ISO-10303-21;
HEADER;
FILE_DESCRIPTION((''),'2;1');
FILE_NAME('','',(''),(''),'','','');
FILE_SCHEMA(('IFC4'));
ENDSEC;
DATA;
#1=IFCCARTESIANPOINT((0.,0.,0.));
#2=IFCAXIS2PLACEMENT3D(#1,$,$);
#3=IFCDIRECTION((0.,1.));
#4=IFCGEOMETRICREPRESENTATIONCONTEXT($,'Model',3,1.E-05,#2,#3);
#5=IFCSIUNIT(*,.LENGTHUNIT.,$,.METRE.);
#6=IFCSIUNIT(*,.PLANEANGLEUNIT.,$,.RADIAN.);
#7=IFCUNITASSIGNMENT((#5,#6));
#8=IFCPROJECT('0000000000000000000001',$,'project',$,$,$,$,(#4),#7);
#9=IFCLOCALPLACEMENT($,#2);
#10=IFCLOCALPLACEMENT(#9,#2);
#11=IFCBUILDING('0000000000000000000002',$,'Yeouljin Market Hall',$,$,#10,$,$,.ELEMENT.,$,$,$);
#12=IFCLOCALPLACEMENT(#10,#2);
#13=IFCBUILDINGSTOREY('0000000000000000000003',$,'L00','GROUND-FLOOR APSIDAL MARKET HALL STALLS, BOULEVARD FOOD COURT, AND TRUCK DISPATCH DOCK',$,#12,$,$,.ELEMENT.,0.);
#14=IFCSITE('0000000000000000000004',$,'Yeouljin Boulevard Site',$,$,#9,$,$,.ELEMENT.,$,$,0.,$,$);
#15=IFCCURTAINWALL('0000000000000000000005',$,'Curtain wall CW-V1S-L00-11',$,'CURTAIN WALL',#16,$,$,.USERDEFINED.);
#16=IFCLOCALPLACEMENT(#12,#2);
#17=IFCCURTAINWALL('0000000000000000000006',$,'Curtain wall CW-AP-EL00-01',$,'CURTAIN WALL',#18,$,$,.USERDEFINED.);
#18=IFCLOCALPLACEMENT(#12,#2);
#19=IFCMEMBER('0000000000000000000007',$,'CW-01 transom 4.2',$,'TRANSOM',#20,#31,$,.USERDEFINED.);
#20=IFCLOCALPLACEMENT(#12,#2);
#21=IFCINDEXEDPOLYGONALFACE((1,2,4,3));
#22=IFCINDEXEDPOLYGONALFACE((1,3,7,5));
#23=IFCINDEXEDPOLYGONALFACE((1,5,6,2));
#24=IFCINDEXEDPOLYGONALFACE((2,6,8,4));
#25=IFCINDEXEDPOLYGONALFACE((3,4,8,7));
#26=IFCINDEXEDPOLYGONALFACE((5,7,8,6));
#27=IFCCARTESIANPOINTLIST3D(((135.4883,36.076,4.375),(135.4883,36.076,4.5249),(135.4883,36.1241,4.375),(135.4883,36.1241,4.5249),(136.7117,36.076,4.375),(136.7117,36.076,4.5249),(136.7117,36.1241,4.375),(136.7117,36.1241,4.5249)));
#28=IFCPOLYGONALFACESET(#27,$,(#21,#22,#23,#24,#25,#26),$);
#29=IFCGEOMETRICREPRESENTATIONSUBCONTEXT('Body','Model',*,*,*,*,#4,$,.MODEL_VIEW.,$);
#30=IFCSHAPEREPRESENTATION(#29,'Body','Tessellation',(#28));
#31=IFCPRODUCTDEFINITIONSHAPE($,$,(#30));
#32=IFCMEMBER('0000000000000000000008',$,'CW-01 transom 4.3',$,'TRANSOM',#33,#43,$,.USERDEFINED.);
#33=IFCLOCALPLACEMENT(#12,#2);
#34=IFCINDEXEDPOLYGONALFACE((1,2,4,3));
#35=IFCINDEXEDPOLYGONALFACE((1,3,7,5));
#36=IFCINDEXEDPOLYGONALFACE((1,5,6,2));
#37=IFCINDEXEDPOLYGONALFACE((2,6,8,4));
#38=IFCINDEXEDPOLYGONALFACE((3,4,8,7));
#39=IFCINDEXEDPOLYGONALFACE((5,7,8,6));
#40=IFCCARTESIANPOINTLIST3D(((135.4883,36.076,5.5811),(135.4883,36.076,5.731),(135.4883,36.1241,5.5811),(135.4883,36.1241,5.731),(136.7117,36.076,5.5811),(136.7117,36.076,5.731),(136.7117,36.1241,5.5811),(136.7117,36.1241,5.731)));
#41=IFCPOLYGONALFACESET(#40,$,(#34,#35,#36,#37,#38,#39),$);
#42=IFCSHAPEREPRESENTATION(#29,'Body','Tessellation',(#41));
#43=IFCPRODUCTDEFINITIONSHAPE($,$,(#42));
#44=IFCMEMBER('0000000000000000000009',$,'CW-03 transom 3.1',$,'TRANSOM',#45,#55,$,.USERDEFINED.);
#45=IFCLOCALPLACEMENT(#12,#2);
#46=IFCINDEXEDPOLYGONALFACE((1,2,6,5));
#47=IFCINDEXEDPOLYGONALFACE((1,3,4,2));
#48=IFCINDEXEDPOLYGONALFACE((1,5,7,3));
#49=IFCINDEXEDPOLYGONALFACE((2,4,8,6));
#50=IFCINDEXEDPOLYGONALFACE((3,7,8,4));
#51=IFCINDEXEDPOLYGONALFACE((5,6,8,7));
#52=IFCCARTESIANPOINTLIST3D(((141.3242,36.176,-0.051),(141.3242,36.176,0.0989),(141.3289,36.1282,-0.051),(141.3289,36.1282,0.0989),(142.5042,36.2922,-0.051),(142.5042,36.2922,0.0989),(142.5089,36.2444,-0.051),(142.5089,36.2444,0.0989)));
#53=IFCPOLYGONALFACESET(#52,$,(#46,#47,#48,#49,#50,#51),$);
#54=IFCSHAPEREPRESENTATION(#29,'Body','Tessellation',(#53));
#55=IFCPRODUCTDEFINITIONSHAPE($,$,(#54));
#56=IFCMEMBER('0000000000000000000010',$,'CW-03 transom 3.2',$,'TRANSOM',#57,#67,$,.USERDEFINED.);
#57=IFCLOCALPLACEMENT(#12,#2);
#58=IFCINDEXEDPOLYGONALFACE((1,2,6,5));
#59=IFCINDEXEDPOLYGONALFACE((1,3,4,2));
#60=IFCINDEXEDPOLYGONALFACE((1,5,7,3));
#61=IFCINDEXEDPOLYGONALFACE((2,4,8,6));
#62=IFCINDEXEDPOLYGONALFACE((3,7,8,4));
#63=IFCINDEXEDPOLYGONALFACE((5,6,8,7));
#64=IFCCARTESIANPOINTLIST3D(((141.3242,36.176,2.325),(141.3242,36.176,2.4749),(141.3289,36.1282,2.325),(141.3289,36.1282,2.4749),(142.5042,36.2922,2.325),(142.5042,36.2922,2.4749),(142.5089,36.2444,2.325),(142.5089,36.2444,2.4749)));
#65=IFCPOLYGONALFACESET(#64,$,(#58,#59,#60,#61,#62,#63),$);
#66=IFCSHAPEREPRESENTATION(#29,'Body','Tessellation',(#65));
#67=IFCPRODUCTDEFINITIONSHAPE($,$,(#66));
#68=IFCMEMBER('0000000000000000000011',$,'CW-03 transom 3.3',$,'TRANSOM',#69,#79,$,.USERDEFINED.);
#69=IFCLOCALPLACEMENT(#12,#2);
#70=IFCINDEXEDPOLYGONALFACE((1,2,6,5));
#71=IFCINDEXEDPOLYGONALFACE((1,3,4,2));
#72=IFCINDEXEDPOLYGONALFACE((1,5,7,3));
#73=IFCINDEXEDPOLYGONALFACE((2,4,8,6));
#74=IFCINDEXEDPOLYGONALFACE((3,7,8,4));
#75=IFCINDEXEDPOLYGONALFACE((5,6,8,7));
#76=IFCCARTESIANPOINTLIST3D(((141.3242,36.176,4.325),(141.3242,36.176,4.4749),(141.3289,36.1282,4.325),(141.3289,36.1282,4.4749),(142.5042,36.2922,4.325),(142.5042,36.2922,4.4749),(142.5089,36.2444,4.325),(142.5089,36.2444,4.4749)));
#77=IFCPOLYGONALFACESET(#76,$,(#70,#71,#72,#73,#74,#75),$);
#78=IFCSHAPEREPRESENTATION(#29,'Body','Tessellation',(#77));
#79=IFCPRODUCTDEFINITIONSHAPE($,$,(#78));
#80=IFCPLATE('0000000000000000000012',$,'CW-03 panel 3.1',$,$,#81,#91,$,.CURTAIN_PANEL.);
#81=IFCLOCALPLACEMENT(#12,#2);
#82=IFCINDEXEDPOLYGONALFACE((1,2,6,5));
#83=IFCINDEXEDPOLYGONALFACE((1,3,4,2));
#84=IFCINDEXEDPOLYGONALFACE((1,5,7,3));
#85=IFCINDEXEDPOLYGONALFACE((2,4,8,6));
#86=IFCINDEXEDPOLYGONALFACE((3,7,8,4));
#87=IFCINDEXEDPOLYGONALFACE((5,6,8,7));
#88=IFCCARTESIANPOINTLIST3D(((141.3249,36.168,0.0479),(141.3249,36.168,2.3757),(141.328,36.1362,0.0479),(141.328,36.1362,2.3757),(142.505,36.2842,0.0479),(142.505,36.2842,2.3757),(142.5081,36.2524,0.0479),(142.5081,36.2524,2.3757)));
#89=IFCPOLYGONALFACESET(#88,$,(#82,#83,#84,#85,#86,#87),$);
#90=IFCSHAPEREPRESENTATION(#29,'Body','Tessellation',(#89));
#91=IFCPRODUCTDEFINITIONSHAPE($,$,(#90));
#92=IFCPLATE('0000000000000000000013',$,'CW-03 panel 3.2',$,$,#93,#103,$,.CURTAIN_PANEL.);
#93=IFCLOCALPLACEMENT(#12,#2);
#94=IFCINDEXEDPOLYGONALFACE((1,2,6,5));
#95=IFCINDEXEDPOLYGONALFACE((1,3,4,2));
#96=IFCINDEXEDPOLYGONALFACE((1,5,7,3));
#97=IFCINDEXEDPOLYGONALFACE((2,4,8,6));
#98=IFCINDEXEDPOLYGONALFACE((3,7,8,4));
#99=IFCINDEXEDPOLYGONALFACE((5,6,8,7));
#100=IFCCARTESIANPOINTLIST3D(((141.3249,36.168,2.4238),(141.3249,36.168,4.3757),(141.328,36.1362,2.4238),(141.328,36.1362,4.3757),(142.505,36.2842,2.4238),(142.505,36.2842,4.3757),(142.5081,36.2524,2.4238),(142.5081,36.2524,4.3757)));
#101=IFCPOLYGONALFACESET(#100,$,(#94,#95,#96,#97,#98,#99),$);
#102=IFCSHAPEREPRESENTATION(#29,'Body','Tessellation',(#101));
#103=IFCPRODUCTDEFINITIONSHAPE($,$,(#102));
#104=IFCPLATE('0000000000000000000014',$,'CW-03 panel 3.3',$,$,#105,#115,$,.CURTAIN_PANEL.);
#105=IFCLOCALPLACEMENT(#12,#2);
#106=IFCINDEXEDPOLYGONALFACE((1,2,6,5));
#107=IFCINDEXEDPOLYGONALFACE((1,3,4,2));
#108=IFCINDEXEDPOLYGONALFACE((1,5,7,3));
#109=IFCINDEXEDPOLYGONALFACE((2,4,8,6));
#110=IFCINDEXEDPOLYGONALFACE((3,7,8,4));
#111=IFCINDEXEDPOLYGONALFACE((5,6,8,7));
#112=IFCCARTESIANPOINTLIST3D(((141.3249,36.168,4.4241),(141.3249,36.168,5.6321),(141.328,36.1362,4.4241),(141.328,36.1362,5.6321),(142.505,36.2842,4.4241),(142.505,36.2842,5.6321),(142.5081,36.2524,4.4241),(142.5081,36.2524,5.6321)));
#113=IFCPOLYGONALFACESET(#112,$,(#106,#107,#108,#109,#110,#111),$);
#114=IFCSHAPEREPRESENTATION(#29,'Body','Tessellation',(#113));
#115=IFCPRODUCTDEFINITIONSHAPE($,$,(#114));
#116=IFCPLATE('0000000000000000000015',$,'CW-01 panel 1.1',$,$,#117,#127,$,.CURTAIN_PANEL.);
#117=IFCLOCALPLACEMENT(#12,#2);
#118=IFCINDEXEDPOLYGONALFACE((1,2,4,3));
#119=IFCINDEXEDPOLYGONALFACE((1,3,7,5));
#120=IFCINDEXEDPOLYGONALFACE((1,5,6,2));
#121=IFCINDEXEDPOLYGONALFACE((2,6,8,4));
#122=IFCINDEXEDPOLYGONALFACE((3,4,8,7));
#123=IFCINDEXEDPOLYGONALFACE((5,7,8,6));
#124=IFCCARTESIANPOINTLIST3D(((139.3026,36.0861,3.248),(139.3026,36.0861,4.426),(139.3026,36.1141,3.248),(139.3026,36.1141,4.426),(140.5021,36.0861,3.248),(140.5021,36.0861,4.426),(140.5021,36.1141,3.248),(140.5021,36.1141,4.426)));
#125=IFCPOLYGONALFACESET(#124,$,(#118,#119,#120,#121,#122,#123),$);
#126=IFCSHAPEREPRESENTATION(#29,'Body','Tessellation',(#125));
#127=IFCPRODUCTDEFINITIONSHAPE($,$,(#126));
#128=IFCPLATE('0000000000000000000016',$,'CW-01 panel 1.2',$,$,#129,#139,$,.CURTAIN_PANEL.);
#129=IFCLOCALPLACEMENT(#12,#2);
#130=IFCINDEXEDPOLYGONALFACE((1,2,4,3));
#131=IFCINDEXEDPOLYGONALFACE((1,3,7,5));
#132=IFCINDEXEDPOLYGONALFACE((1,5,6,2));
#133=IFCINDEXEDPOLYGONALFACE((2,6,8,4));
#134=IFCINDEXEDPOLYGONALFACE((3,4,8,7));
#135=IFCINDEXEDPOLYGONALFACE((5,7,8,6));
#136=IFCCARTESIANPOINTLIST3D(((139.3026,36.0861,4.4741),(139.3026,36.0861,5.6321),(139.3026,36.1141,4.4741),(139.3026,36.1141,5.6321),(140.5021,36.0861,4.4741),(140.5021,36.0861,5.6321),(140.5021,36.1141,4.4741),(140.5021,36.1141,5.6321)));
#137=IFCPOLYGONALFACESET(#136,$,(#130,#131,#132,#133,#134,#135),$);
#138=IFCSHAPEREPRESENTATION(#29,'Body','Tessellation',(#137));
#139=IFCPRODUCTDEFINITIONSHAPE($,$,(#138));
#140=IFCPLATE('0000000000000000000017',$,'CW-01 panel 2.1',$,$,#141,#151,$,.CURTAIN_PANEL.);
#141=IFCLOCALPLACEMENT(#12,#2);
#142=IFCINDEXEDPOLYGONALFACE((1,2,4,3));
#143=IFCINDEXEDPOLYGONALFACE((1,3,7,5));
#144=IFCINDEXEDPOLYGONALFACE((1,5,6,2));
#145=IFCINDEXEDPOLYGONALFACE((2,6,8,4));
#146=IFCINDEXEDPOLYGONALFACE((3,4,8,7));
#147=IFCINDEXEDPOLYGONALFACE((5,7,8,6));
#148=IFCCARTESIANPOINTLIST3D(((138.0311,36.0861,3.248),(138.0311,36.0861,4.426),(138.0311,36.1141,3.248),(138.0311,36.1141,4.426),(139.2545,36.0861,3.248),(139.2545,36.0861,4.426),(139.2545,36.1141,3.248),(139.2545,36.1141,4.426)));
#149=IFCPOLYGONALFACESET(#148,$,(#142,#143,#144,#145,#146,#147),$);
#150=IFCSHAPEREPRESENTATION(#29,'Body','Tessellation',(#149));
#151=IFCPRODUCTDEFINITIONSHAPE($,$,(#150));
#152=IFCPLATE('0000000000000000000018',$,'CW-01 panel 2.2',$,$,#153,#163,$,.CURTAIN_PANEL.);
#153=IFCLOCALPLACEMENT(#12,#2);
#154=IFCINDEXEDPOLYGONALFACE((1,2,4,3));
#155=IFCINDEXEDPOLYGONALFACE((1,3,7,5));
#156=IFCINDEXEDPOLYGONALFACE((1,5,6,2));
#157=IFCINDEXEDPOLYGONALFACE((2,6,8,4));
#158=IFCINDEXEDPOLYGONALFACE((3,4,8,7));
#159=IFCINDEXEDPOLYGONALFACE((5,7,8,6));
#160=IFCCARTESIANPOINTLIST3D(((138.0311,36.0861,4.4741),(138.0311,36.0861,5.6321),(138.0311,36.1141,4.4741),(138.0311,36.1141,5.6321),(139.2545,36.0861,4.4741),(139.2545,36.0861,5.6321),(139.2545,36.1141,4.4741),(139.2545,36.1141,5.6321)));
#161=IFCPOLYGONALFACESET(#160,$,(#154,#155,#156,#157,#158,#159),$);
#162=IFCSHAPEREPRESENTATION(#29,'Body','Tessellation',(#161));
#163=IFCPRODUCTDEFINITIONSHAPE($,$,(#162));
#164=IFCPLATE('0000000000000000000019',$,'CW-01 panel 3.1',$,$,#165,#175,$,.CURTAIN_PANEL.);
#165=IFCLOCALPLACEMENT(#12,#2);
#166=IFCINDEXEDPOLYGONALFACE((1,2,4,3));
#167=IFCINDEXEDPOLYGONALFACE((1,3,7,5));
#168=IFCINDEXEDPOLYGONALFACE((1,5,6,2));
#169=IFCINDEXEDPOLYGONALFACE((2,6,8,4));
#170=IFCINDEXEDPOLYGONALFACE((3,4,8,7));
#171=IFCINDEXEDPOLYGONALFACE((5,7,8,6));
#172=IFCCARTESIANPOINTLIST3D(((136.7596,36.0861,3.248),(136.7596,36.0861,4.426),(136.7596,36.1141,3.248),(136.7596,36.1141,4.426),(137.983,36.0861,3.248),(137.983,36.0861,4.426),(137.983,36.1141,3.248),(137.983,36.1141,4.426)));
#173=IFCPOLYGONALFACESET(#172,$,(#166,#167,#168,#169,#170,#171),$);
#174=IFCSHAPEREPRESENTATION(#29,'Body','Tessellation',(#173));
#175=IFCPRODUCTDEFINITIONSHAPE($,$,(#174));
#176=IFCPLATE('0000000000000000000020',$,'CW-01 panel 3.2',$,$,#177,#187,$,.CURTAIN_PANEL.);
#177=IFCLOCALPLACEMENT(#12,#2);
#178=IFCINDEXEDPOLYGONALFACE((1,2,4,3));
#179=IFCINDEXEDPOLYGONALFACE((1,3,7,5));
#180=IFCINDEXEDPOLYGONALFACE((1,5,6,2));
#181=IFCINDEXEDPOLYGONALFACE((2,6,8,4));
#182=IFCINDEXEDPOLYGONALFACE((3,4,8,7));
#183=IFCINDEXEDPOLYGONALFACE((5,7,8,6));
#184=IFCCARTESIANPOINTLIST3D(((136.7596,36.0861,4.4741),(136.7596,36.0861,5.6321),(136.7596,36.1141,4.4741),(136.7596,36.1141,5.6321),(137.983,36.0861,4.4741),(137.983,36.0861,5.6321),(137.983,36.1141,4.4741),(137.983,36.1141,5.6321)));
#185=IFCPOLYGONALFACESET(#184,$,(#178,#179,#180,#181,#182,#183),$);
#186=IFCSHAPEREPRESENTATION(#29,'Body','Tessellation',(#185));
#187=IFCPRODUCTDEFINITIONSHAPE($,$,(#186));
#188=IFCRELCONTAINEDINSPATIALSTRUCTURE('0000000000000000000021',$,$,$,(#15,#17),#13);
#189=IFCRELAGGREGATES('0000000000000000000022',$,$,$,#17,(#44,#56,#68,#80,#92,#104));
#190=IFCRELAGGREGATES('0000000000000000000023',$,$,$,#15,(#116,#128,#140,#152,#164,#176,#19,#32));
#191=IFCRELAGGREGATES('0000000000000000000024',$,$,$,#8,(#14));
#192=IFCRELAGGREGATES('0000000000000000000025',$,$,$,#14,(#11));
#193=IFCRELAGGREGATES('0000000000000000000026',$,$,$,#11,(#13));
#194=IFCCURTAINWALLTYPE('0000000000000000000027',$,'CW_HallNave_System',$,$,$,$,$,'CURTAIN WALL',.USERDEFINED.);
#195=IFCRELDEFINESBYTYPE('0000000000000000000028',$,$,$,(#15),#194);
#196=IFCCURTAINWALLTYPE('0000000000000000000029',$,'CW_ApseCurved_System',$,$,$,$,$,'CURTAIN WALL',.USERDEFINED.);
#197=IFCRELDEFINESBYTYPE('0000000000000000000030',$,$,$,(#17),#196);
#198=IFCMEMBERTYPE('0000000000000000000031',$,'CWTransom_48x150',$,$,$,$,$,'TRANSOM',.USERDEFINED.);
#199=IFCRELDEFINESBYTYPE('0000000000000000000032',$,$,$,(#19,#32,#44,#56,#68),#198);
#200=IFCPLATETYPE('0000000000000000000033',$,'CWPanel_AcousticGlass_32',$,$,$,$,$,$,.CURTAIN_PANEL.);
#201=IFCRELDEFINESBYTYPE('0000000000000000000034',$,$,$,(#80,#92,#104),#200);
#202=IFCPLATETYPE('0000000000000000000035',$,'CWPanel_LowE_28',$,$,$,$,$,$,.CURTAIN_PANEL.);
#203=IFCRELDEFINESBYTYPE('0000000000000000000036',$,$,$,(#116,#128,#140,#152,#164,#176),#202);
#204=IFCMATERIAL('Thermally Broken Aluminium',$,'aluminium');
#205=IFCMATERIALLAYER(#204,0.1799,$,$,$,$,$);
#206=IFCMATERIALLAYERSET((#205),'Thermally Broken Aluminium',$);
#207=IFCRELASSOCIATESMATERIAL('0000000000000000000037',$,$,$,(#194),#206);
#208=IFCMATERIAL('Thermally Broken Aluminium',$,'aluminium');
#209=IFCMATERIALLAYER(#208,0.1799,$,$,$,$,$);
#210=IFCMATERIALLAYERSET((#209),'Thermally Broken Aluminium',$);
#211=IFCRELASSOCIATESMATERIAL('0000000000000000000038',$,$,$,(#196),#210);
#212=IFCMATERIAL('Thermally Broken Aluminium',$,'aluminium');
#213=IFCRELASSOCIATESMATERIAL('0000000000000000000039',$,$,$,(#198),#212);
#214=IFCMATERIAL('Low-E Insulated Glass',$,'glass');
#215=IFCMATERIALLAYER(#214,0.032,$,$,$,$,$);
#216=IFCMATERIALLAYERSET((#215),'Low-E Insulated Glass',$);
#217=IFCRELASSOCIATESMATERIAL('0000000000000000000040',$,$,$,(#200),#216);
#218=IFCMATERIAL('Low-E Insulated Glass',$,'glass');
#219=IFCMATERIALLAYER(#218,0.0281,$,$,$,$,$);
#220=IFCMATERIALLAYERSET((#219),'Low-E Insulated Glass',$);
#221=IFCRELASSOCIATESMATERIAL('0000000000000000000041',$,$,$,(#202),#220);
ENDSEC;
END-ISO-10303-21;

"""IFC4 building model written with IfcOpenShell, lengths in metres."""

from ifc_helpers import new_model, si_unit, direction, frame, origin, origin_2d, place, context, subcontext, project, spatial, rectangle, extrude, material, layer, layer_set, material_profile, profile_set, type_object, element, aggregate, save


model = new_model("IFC4")

# Units and contexts
model_context = context("Model", 3, precision=1e-05, world=origin(), true_north=direction((0.0, 1.0)))
body_context = subcontext(model_context, "Body", "Model", "MODEL_VIEW")
ifc_project = project(units=[si_unit("LENGTHUNIT", "METRE"), si_unit("PLANEANGLEUNIT", "RADIAN")], contexts=[model_context])

# Site, building, storey
site_placement = place(None, origin())
site = spatial("IfcSite", under=ifc_project, at=site_placement, Name="Yeouljin Boulevard Site", CompositionType="ELEMENT", RefElevation=0.0)
building_placement = place(site_placement, origin())
building = spatial("IfcBuilding", under=site, at=building_placement, Name="Yeouljin Market Hall", CompositionType="ELEMENT")
storey_placement = place(building_placement, origin())
storey = spatial("IfcBuildingStorey", under=building, at=storey_placement, Name="L00", Description="GROUND-FLOOR APSIDAL MARKET HALL STALLS, BOULEVARD FOOD COURT, AND TRUCK DISPATCH DOCK", CompositionType="ELEMENT", Elevation=0.0)

# Curtain wall
ifc_material_1 = material(Name="Thermally Broken Aluminium", Category="aluminium")
ifc_layer_1 = layer(ifc_material_1, 0.1799)
ifc_layer_set_1 = layer_set([ifc_layer_1], Name="Thermally Broken Aluminium")
curtain_wall_type_1 = type_object("IfcCurtainWallType", Name="CW_HallNave_System", ElementType="CURTAIN WALL", PredefinedType="USERDEFINED", material=ifc_layer_set_1)
curtain_wall_1_placement = place(storey_placement, origin())
curtain_wall_1 = element("IfcCurtainWall", 1, at=curtain_wall_1_placement, inside=storey, type_object=curtain_wall_type_1, Name="Curtain wall CW-V1S-L00-11", ObjectType="CURTAIN WALL", PredefinedType="USERDEFINED")

# Curtain wall
ifc_material_2 = material(Name="Thermally Broken Aluminium", Category="aluminium")
ifc_layer_2 = layer(ifc_material_2, 0.1799)
ifc_layer_set_2 = layer_set([ifc_layer_2], Name="Thermally Broken Aluminium")
curtain_wall_type_2 = type_object("IfcCurtainWallType", Name="CW_ApseCurved_System", ElementType="CURTAIN WALL", PredefinedType="USERDEFINED", material=ifc_layer_set_2)
curtain_wall_2_placement = place(storey_placement, origin())
curtain_wall_2 = element("IfcCurtainWall", 2, at=curtain_wall_2_placement, inside=storey, type_object=curtain_wall_type_2, Name="Curtain wall CW-AP-EL00-01", ObjectType="CURTAIN WALL", PredefinedType="USERDEFINED")

# Members
ifc_material_3 = material(Name="Thermally Broken Aluminium", Category="aluminium")
ifc_material_profile_1 = material_profile(ifc_material_3, rectangle(XDim=0.0481, YDim=0.1499, at=origin_2d()), Name="CW-TRAN-48x150")
ifc_profile_set_1 = profile_set([ifc_material_profile_1], Name="Thermally Broken Aluminium")
member_type_1 = type_object("IfcMemberType", Name="CWTransom_48x150", ElementType="TRANSOM", PredefinedType="USERDEFINED", material=ifc_profile_set_1)
member_1_placement = place(storey_placement, frame((136.7117, 36.1001, 4.45), z_axis=(-1.0, 0.0, 0.0), x_axis=(0.0, -1.0, 0.0)))
member_1 = element("IfcMember", 3, at=member_1_placement, type_object=member_type_1, Name="CW-01 transom 4.2", ObjectType="TRANSOM", PredefinedType="USERDEFINED", context=body_context, shape_type="SweptSolid", body=[
    extrude(rectangle(XDim=0.0481, YDim=0.1499, at=origin_2d()), origin(), (0.0, 0.0, 1.0), 1.2234),
])
member_2_placement = place(storey_placement, frame((136.7117, 36.1001, 5.656), z_axis=(-1.0, 0.0, 0.0), x_axis=(0.0, -1.0, 0.0)))
member_2 = element("IfcMember", 4, at=member_2_placement, type_object=member_type_1, Name="CW-01 transom 4.3", ObjectType="TRANSOM", PredefinedType="USERDEFINED", context=body_context, shape_type="SweptSolid", body=[
    extrude(rectangle(XDim=0.0481, YDim=0.1499, at=origin_2d()), origin(), (0.0, 0.0, 1.0), 1.2234),
])
member_3_placement = place(storey_placement, frame((142.5066, 36.2683, 0.0239), z_axis=(-0.995187, -0.097995, 0.0), x_axis=(0.097995, -0.995187, 0.0)))
member_3 = element("IfcMember", 5, at=member_3_placement, type_object=member_type_1, Name="CW-03 transom 3.1", ObjectType="TRANSOM", PredefinedType="USERDEFINED", context=body_context, shape_type="SweptSolid", body=[
    extrude(rectangle(XDim=0.0481, YDim=0.1499, at=origin_2d()), origin(), (0.0, 0.0, 1.0), 1.1858),
])
member_4_placement = place(storey_placement, frame((142.5066, 36.2683, 2.3999), z_axis=(-0.995187, -0.097995, 0.0), x_axis=(0.097995, -0.995187, 0.0)))
member_4 = element("IfcMember", 6, at=member_4_placement, type_object=member_type_1, Name="CW-03 transom 3.2", ObjectType="TRANSOM", PredefinedType="USERDEFINED", context=body_context, shape_type="SweptSolid", body=[
    extrude(rectangle(XDim=0.0481, YDim=0.1499, at=origin_2d()), origin(), (0.0, 0.0, 1.0), 1.1858),
])
member_5_placement = place(storey_placement, frame((142.5066, 36.2683, 4.3999), z_axis=(-0.995187, -0.097995, 0.0), x_axis=(0.097995, -0.995187, 0.0)))
member_5 = element("IfcMember", 7, at=member_5_placement, type_object=member_type_1, Name="CW-03 transom 3.3", ObjectType="TRANSOM", PredefinedType="USERDEFINED", context=body_context, shape_type="SweptSolid", body=[
    extrude(rectangle(XDim=0.0481, YDim=0.1499, at=origin_2d()), origin(), (0.0, 0.0, 1.0), 1.1858),
])

# Plates
ifc_material_4 = material(Name="Low-E Insulated Glass", Category="glass")
ifc_layer_3 = layer(ifc_material_4, 0.032)
ifc_layer_set_3 = layer_set([ifc_layer_3], Name="Low-E Insulated Glass")
plate_type_1 = type_object("IfcPlateType", Name="CWPanel_AcousticGlass_32", PredefinedType="CURTAIN_PANEL", material=ifc_layer_set_3)
plate_1_placement = place(storey_placement, frame((141.9165, 36.2102, 0.0479), z_axis=(0.0, 0.0, 1.0), x_axis=(-0.995183, -0.098034, 0.0)))
plate_1 = element("IfcPlate", 8, at=plate_1_placement, type_object=plate_type_1, Name="CW-03 panel 3.1", PredefinedType="CURTAIN_PANEL", context=body_context, shape_type="SweptSolid", body=[
    extrude(rectangle(XDim=1.1858, YDim=0.032, at=origin_2d()), origin(), (0.0, 0.0, 1.0), 2.3279),
])
plate_2_placement = place(storey_placement, frame((141.9165, 36.2102, 2.4238), z_axis=(0.0, 0.0, 1.0), x_axis=(-0.995183, -0.098034, 0.0)))
plate_2 = element("IfcPlate", 9, at=plate_2_placement, type_object=plate_type_1, Name="CW-03 panel 3.2", PredefinedType="CURTAIN_PANEL", context=body_context, shape_type="SweptSolid", body=[
    extrude(rectangle(XDim=1.1858, YDim=0.032, at=origin_2d()), origin(), (0.0, 0.0, 1.0), 1.9519),
])
plate_3_placement = place(storey_placement, frame((141.9165, 36.2102, 4.4241), z_axis=(0.0, 0.0, 1.0), x_axis=(-0.995183, -0.098034, 0.0)))
plate_3 = element("IfcPlate", 10, at=plate_3_placement, type_object=plate_type_1, Name="CW-03 panel 3.3", PredefinedType="CURTAIN_PANEL", context=body_context, shape_type="SweptSolid", body=[
    extrude(rectangle(XDim=1.1858, YDim=0.032, at=origin_2d()), origin(), (0.0, 0.0, 1.0), 1.208),
])
aggregate(curtain_wall_2, [member_3, member_4, member_5, plate_1, plate_2, plate_3])
ifc_material_5 = material(Name="Low-E Insulated Glass", Category="glass")
ifc_layer_4 = layer(ifc_material_5, 0.0281)
ifc_layer_set_4 = layer_set([ifc_layer_4], Name="Low-E Insulated Glass")
plate_type_2 = type_object("IfcPlateType", Name="CWPanel_LowE_28", PredefinedType="CURTAIN_PANEL", material=ifc_layer_set_4)
plate_4_placement = place(storey_placement, frame((139.9023, 36.1001, 3.248), z_axis=(0.0, 0.0, 1.0), x_axis=(-1.0, 0.0, 0.0)))
plate_4 = element("IfcPlate", 11, at=plate_4_placement, type_object=plate_type_2, Name="CW-01 panel 1.1", PredefinedType="CURTAIN_PANEL", context=body_context, shape_type="SweptSolid", body=[
    extrude(rectangle(XDim=1.1995, YDim=0.0281, at=origin_2d()), origin(), (0.0, 0.0, 1.0), 1.178),
])
plate_5_placement = place(storey_placement, frame((139.9023, 36.1001, 4.4741), z_axis=(0.0, 0.0, 1.0), x_axis=(-1.0, 0.0, 0.0)))
plate_5 = element("IfcPlate", 12, at=plate_5_placement, type_object=plate_type_2, Name="CW-01 panel 1.2", PredefinedType="CURTAIN_PANEL", context=body_context, shape_type="SweptSolid", body=[
    extrude(rectangle(XDim=1.1995, YDim=0.0281, at=origin_2d()), origin(), (0.0, 0.0, 1.0), 1.158),
])
plate_6_placement = place(storey_placement, frame((138.6428, 36.1001, 3.248), z_axis=(0.0, 0.0, 1.0), x_axis=(-1.0, 0.0, 0.0)))
plate_6 = element("IfcPlate", 13, at=plate_6_placement, type_object=plate_type_2, Name="CW-01 panel 2.1", PredefinedType="CURTAIN_PANEL", context=body_context, shape_type="SweptSolid", body=[
    extrude(rectangle(XDim=1.2234, YDim=0.0281, at=origin_2d()), origin(), (0.0, 0.0, 1.0), 1.178),
])
plate_7_placement = place(storey_placement, frame((138.6428, 36.1001, 4.4741), z_axis=(0.0, 0.0, 1.0), x_axis=(-1.0, 0.0, 0.0)))
plate_7 = element("IfcPlate", 14, at=plate_7_placement, type_object=plate_type_2, Name="CW-01 panel 2.2", PredefinedType="CURTAIN_PANEL", context=body_context, shape_type="SweptSolid", body=[
    extrude(rectangle(XDim=1.2234, YDim=0.0281, at=origin_2d()), origin(), (0.0, 0.0, 1.0), 1.158),
])
plate_8_placement = place(storey_placement, frame((137.3713, 36.1001, 3.248), z_axis=(0.0, 0.0, 1.0), x_axis=(-1.0, 0.0, 0.0)))
plate_8 = element("IfcPlate", 15, at=plate_8_placement, type_object=plate_type_2, Name="CW-01 panel 3.1", PredefinedType="CURTAIN_PANEL", context=body_context, shape_type="SweptSolid", body=[
    extrude(rectangle(XDim=1.2234, YDim=0.0281, at=origin_2d()), origin(), (0.0, 0.0, 1.0), 1.178),
])
plate_9_placement = place(storey_placement, frame((137.3713, 36.1001, 4.4741), z_axis=(0.0, 0.0, 1.0), x_axis=(-1.0, 0.0, 0.0)))
plate_9 = element("IfcPlate", 16, at=plate_9_placement, type_object=plate_type_2, Name="CW-01 panel 3.2", PredefinedType="CURTAIN_PANEL", context=body_context, shape_type="SweptSolid", body=[
    extrude(rectangle(XDim=1.2234, YDim=0.0281, at=origin_2d()), origin(), (0.0, 0.0, 1.0), 1.158),
])
aggregate(curtain_wall_1, [plate_4, plate_5, plate_6, plate_7, plate_8, plate_9, member_1, member_2])

save(model, "model.ifc")
